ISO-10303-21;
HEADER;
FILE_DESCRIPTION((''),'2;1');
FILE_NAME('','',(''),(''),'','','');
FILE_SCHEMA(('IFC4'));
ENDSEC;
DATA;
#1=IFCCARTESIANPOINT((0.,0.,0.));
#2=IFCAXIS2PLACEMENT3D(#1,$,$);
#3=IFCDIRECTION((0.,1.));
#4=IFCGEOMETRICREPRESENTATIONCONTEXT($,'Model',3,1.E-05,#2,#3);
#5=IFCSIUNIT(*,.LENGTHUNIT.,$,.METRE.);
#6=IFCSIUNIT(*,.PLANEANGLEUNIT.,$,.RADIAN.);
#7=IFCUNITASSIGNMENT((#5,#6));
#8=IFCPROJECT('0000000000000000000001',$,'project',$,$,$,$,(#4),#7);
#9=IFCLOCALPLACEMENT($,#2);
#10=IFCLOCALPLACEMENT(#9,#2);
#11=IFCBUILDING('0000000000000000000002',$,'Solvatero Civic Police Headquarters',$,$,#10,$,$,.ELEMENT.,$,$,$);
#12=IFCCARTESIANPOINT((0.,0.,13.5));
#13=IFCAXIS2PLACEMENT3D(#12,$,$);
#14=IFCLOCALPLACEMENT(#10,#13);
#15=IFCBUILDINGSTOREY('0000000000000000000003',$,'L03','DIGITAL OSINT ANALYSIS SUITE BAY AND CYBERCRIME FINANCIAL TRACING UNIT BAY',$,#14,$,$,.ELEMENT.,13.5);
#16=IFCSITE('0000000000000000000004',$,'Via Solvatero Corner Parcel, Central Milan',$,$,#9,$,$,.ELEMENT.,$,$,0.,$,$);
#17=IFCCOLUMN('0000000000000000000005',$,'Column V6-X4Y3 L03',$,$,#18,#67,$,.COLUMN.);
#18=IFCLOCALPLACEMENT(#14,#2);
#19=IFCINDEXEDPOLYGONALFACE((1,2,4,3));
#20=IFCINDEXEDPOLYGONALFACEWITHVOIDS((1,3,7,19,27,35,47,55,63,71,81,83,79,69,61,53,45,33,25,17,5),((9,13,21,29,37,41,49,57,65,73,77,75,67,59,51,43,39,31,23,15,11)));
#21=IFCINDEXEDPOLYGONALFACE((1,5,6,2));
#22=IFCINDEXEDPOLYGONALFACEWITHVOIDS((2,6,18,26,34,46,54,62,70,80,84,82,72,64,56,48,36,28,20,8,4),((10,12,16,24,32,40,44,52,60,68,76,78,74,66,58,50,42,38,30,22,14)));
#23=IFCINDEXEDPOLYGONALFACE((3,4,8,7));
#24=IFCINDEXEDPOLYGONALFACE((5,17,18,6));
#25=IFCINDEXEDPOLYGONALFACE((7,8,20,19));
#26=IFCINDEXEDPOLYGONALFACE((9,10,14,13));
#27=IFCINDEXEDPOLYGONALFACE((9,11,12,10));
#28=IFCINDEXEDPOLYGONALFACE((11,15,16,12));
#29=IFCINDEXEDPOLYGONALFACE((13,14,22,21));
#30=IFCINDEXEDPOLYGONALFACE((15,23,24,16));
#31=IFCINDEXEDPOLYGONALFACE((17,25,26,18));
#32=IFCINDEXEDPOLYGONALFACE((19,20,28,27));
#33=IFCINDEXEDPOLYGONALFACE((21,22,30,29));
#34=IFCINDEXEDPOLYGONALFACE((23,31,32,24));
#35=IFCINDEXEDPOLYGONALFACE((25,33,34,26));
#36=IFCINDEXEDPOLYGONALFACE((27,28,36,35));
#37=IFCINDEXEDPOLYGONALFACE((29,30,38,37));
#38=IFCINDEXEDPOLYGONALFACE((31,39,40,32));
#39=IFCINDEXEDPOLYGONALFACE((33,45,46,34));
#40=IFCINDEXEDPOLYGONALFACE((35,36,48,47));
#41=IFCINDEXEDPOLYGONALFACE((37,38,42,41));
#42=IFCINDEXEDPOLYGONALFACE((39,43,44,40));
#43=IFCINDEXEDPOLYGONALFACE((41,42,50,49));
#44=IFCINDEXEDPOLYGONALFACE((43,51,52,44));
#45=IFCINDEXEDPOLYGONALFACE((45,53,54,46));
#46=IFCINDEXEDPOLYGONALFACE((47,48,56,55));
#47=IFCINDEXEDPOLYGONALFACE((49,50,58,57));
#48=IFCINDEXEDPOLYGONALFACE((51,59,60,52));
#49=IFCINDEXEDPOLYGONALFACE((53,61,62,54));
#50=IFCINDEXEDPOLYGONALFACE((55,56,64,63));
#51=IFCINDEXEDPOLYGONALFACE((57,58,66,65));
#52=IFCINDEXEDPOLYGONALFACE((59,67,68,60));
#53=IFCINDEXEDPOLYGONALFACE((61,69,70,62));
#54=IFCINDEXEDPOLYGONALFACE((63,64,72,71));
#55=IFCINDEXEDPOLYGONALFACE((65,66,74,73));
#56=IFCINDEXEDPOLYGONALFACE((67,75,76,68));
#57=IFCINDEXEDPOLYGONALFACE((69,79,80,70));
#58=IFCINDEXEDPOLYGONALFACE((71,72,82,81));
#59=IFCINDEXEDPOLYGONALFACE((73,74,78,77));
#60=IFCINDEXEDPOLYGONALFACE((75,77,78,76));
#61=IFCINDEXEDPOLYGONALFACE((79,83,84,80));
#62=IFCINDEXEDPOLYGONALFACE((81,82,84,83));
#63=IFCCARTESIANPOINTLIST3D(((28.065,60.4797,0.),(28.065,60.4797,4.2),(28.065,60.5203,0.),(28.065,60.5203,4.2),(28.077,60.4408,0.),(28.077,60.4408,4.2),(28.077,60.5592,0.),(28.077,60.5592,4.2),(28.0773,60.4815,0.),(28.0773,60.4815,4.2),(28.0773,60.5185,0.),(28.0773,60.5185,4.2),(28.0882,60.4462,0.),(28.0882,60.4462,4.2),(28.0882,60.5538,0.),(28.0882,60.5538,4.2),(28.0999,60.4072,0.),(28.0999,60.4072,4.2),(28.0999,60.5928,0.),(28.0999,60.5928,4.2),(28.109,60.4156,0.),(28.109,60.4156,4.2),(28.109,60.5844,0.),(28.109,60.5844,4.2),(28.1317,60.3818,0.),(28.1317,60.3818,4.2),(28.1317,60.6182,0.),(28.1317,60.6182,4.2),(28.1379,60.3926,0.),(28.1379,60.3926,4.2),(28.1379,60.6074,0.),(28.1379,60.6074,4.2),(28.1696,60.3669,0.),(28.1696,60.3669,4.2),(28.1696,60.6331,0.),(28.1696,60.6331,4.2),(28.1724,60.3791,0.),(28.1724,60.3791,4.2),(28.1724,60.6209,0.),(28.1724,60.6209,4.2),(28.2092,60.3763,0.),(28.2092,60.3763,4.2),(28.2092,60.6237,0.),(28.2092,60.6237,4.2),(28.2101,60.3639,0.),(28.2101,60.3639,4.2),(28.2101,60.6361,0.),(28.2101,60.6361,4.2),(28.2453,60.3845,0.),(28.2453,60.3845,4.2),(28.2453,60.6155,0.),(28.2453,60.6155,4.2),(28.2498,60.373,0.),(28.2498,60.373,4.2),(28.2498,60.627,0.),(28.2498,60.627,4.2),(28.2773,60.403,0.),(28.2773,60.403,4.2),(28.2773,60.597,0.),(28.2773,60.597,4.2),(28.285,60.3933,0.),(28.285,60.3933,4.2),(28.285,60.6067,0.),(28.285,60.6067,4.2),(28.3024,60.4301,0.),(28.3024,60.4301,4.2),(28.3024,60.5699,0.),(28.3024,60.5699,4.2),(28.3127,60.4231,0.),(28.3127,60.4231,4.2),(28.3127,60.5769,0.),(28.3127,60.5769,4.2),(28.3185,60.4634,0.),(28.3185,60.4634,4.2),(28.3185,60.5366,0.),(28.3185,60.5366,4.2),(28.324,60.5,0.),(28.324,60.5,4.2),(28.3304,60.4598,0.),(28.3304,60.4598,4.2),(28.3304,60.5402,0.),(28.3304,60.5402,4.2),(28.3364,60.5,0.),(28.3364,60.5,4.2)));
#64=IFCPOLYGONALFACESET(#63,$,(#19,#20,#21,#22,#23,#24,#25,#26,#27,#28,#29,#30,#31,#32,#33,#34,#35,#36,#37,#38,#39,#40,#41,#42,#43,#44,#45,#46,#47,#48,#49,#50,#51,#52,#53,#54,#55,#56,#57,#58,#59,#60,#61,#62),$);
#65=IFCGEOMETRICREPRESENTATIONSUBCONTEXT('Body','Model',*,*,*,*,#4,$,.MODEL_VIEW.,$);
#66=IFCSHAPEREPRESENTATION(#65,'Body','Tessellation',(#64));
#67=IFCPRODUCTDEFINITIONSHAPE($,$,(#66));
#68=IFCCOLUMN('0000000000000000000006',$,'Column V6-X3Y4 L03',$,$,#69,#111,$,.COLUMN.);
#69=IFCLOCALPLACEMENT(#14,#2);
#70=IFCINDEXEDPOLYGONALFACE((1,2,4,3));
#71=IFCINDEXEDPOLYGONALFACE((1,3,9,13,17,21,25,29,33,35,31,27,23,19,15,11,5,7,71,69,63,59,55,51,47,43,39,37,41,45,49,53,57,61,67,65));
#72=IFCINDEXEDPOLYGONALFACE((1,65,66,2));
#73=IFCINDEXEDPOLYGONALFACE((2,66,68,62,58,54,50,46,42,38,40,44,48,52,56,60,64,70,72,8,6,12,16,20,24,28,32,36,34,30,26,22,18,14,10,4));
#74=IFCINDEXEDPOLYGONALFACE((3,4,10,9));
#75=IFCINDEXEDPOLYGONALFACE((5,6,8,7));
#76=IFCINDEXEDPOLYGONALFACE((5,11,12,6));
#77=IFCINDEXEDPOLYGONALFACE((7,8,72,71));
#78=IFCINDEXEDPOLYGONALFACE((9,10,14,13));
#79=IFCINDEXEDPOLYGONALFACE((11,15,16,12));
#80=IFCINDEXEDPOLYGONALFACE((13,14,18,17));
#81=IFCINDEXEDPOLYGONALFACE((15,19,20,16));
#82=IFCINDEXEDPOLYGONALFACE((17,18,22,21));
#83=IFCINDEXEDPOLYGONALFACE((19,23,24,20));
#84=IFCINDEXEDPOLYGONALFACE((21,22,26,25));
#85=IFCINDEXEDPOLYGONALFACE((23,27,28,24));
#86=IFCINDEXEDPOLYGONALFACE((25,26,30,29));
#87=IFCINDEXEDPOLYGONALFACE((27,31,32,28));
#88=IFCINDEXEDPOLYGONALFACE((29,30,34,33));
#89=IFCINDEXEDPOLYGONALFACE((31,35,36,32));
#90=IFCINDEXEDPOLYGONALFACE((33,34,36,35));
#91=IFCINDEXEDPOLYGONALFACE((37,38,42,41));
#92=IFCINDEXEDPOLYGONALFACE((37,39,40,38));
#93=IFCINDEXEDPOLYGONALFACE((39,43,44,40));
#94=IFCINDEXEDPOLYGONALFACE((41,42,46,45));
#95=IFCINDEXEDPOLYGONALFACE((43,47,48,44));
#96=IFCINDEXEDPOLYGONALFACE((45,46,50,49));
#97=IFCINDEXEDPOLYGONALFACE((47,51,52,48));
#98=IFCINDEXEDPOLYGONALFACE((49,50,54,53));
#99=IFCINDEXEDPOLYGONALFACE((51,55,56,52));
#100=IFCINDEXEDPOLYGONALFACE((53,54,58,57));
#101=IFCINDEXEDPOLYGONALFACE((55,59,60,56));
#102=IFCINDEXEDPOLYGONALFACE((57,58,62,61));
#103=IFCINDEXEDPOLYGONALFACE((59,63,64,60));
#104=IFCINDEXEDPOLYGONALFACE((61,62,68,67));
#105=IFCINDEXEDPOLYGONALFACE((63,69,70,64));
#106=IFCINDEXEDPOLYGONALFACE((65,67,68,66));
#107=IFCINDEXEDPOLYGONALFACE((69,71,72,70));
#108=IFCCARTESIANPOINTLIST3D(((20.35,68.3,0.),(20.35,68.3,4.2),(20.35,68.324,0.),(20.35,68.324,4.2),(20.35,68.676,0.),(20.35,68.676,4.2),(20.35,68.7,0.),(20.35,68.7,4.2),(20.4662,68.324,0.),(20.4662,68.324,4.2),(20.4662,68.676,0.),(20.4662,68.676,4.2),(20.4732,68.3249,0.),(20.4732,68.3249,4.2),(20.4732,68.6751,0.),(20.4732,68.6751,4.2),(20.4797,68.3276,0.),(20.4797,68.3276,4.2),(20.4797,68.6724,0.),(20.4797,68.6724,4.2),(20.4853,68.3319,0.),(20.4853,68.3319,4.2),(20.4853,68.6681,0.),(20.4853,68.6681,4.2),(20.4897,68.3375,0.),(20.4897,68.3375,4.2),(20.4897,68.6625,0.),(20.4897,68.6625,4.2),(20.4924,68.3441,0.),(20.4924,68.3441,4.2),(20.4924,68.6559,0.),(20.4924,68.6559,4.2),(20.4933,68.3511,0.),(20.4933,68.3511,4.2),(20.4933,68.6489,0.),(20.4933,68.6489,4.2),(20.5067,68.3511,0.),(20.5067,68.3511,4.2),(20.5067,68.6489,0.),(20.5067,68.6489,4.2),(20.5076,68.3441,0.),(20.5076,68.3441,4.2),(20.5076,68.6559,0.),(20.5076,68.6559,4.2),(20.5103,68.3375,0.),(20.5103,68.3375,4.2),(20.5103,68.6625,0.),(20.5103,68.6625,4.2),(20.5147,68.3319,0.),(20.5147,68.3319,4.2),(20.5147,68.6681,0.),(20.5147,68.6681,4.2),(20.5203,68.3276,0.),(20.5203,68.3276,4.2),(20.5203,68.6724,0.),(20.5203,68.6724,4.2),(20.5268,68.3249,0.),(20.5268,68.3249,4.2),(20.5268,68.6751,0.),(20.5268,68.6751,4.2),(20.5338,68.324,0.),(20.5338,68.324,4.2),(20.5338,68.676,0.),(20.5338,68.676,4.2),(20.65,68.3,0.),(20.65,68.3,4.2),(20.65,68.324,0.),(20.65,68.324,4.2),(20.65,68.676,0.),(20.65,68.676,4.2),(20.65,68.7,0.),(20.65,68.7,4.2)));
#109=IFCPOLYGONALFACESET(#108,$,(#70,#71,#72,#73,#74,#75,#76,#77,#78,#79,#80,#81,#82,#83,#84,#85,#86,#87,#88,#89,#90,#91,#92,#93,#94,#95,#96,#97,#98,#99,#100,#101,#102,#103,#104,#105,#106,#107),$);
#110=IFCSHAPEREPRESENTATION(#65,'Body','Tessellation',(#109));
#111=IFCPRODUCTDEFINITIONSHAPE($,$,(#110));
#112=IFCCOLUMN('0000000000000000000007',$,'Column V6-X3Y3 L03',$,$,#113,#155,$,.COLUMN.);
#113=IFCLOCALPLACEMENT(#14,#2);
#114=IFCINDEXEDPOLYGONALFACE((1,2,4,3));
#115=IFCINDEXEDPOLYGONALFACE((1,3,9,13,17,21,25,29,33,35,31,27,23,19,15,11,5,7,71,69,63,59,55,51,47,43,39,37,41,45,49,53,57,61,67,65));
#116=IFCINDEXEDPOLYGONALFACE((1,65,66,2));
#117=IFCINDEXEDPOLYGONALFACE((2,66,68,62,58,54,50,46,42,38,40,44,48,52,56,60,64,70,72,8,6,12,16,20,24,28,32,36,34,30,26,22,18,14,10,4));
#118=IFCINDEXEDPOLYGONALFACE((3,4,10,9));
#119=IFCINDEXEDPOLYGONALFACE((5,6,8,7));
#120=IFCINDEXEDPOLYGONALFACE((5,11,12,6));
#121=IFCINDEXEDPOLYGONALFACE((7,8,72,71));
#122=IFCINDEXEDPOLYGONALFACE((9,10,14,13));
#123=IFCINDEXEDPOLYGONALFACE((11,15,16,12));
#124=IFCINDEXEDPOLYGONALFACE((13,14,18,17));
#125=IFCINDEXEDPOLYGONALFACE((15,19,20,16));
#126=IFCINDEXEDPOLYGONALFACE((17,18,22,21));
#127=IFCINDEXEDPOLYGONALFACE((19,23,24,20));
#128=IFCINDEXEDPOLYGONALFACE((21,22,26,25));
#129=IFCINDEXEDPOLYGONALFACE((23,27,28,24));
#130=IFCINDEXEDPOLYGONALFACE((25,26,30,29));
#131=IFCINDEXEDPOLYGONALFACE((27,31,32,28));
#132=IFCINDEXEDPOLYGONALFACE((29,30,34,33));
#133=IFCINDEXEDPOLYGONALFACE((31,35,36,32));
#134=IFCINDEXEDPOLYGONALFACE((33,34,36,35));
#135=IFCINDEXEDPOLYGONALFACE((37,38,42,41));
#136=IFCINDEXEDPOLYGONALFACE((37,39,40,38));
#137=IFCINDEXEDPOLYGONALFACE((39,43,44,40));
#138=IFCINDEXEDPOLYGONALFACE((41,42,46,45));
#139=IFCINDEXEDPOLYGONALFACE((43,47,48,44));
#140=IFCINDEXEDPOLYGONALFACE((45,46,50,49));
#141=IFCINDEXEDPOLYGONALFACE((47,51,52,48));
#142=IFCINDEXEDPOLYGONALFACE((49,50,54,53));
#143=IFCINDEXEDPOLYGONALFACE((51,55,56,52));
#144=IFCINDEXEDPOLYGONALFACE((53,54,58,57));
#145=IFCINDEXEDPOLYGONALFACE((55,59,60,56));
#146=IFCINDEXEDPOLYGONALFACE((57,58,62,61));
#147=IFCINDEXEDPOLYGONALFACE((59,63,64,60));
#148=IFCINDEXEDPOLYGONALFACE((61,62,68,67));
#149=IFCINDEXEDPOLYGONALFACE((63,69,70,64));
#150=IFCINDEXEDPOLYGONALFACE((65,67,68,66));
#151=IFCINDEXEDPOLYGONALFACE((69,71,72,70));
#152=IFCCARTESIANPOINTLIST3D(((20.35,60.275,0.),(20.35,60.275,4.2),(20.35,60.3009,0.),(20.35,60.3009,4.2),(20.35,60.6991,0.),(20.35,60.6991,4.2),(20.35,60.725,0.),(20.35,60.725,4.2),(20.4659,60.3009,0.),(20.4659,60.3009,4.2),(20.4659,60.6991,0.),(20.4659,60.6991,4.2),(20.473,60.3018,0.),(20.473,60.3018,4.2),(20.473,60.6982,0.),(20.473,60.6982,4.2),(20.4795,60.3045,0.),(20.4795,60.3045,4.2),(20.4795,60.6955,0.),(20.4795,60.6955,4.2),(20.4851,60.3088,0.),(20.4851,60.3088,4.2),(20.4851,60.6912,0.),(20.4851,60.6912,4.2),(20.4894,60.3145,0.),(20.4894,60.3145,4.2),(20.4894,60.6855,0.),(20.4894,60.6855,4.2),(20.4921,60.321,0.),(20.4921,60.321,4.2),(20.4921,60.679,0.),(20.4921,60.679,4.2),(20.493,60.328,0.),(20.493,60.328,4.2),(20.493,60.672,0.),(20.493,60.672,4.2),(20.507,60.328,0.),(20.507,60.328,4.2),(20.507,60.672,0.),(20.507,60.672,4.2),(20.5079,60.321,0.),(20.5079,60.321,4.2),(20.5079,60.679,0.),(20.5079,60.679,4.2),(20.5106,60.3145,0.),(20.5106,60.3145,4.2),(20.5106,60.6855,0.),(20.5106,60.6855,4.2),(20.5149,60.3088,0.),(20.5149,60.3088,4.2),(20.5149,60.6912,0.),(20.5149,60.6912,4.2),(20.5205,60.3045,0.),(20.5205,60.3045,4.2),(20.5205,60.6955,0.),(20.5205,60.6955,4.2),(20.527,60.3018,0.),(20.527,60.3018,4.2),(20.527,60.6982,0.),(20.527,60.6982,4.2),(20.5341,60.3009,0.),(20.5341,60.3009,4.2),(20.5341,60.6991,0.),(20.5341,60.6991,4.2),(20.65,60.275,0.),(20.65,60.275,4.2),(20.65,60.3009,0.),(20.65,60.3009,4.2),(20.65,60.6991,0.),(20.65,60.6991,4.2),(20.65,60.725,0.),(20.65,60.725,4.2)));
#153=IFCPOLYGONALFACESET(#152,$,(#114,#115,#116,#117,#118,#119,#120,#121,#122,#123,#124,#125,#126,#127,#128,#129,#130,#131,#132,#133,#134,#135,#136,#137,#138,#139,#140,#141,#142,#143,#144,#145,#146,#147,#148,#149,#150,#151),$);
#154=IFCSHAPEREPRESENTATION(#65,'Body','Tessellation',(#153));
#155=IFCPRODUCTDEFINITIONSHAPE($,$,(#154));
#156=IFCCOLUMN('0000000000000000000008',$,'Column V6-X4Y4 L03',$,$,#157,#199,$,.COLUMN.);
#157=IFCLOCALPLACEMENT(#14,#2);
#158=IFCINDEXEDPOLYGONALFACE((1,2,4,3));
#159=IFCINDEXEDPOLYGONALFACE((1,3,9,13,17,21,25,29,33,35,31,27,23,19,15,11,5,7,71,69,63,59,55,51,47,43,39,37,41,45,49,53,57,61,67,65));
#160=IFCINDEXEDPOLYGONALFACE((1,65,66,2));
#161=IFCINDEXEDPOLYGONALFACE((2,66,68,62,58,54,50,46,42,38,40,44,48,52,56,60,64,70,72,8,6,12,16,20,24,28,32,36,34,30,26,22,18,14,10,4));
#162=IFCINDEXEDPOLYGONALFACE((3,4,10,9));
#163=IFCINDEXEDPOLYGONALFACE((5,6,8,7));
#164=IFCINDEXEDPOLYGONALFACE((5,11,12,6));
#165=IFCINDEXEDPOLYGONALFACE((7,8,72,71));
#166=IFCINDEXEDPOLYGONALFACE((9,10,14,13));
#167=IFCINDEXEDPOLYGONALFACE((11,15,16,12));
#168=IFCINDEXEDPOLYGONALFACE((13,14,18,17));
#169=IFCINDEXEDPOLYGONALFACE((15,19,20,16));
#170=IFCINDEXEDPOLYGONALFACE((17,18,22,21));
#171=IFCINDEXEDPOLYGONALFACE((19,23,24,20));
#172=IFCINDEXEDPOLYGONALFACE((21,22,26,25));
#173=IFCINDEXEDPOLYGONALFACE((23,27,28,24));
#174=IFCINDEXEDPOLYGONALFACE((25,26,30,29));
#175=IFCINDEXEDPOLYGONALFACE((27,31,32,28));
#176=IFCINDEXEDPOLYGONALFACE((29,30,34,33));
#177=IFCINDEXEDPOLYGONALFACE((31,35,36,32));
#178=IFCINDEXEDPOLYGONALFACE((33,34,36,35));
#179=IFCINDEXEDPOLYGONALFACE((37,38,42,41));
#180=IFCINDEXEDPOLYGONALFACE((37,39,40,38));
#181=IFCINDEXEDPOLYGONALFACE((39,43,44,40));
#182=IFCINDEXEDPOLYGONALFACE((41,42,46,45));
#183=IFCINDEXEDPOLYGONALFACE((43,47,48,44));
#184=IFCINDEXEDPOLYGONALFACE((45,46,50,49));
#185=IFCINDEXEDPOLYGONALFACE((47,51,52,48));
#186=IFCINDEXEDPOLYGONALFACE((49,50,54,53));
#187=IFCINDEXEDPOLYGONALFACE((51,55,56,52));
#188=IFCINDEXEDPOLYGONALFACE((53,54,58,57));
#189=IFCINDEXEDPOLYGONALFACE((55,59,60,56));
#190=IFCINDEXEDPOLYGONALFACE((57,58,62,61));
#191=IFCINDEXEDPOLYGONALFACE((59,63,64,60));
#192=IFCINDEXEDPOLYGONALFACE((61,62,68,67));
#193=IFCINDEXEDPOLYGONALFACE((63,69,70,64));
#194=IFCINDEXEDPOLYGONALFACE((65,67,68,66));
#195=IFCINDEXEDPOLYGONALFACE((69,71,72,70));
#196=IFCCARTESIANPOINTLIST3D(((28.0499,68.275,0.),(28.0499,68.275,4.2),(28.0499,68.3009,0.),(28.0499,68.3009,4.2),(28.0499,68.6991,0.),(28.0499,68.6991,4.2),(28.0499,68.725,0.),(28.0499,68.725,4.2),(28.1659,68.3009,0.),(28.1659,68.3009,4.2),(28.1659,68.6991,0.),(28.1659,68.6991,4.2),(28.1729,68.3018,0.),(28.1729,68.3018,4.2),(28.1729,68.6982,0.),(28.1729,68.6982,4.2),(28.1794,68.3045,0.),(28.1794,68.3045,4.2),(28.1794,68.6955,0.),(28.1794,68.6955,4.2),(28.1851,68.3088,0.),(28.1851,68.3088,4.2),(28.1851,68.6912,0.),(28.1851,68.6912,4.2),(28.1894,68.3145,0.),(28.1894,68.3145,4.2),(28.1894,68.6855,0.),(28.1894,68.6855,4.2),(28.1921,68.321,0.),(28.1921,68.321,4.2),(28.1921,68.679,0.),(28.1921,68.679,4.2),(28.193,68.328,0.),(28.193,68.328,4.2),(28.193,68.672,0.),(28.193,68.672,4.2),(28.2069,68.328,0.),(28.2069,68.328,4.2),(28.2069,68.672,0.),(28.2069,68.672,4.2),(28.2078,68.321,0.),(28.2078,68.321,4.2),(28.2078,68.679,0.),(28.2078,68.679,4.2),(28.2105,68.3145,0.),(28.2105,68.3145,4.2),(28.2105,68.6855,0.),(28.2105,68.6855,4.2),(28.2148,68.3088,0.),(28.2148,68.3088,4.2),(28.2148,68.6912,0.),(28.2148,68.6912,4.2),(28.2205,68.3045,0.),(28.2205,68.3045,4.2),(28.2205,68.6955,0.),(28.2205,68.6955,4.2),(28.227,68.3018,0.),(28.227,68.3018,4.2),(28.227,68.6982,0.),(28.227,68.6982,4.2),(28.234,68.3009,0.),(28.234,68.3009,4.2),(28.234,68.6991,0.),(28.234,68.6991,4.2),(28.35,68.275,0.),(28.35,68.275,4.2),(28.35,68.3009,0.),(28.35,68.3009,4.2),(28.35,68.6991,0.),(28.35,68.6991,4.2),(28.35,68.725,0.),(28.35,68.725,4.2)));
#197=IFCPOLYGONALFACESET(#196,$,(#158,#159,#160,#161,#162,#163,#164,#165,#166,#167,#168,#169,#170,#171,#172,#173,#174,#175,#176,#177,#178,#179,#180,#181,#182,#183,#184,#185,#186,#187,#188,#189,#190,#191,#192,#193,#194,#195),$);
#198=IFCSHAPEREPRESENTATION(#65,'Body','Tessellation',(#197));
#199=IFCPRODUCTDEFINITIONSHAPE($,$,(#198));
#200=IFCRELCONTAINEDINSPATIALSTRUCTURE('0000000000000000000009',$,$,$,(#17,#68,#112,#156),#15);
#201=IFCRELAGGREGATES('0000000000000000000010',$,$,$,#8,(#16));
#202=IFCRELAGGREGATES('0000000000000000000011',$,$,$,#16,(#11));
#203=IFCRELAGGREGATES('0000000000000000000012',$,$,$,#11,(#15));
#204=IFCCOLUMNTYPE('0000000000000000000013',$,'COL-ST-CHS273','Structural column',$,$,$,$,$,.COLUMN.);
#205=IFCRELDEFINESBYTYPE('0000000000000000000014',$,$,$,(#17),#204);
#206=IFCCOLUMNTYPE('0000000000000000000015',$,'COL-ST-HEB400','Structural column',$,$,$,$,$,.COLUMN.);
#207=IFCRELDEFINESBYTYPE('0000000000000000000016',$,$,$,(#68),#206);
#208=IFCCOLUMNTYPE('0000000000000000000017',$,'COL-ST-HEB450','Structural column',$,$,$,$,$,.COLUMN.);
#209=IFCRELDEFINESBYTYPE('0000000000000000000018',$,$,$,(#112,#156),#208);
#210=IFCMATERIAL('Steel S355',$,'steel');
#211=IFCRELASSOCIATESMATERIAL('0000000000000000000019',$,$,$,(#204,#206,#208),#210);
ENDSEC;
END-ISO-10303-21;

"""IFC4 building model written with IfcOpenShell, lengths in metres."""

from ifc_helpers import new_model, si_unit, direction, frame, origin, origin_2d, place, context, subcontext, project, spatial, hollow_circle, i_section, extrude, material, material_profile, profile_set, type_object, element, save


model = new_model("IFC4")

# Units and contexts
model_context = context("Model", 3, precision=1e-05, world=origin(), true_north=direction((0.0, 1.0)))
body_context = subcontext(model_context, "Body", "Model", "MODEL_VIEW")
ifc_project = project(units=[si_unit("LENGTHUNIT", "METRE"), si_unit("PLANEANGLEUNIT", "RADIAN")], contexts=[model_context])

# Site, building, storey
site_placement = place(None, origin())
site = spatial("IfcSite", under=ifc_project, at=site_placement, Name="Via Solvatero Corner Parcel, Central Milan", CompositionType="ELEMENT", RefElevation=0.0)
building_placement = place(site_placement, origin())
building = spatial("IfcBuilding", under=site, at=building_placement, Name="Solvatero Civic Police Headquarters", CompositionType="ELEMENT")
storey_placement = place(building_placement, frame((0.0, 0.0, 13.5)))
storey = spatial("IfcBuildingStorey", under=building, at=storey_placement, Name="L03", Description="DIGITAL OSINT ANALYSIS SUITE BAY AND CYBERCRIME FINANCIAL TRACING UNIT BAY", CompositionType="ELEMENT", Elevation=13.5)

# Columns
ifc_material_1 = material(Name="Steel S355", Category="steel")
ifc_material_profile_1 = material_profile(ifc_material_1, hollow_circle(Radius=0.1365, WallThickness=0.0125, at=origin_2d()), Name="CHS 273.0x12.5")
ifc_profile_set_1 = profile_set([ifc_material_profile_1], Name="Steel S355")
column_type_1 = type_object("IfcColumnType", Name="COL-ST-CHS273", Description="Structural column", PredefinedType="COLUMN", material=ifc_profile_set_1)
column_1_placement = place(storey_placement, frame((28.2, 60.5, 0.0), z_axis=(0.0, 0.0, 1.0), x_axis=(1.0, 0.0, 0.0)))
element("IfcColumn", 1, at=column_1_placement, inside=storey, type_object=column_type_1, Name="Column V6-X4Y3 L03", PredefinedType="COLUMN", context=body_context, shape_type="SweptSolid", body=[
    extrude(hollow_circle(Radius=0.1365, WallThickness=0.0125, at=origin_2d()), origin(), (0.0, 0.0, 1.0), 4.2),
])
ifc_material_profile_2 = material_profile(ifc_material_1, i_section(OverallWidth=0.3, OverallDepth=0.3999, WebThickness=0.0134, FlangeThickness=0.0239, FilletRadius=0.0271, at=origin_2d()), Name="HEB 400")
ifc_profile_set_2 = profile_set([ifc_material_profile_2], Name="Steel S355")
column_type_2 = type_object("IfcColumnType", Name="COL-ST-HEB400", Description="Structural column", PredefinedType="COLUMN", material=ifc_profile_set_2)
column_2_placement = place(storey_placement, frame((20.5, 68.5, 0.0), z_axis=(0.0, 0.0, 1.0), x_axis=(1.0, 0.0, 0.0)))
element("IfcColumn", 2, at=column_2_placement, inside=storey, type_object=column_type_2, Name="Column V6-X3Y4 L03", PredefinedType="COLUMN", context=body_context, shape_type="SweptSolid", body=[
    extrude(i_section(OverallWidth=0.3, OverallDepth=0.3999, WebThickness=0.0134, FlangeThickness=0.0239, FilletRadius=0.0271, at=origin_2d()), origin(), (0.0, 0.0, 1.0), 4.2),
])
ifc_material_profile_3 = material_profile(ifc_material_1, i_section(OverallWidth=0.3, OverallDepth=0.45, WebThickness=0.0139, FlangeThickness=0.0259, FilletRadius=0.0271, at=origin_2d()), Name="HEB 450")
ifc_profile_set_3 = profile_set([ifc_material_profile_3], Name="Steel S355")
column_type_3 = type_object("IfcColumnType", Name="COL-ST-HEB450", Description="Structural column", PredefinedType="COLUMN", material=ifc_profile_set_3)
for number, where, z_axis, x_axis, name in (
    (3, (20.5, 60.5, 0.0), (0.0, 0.0, 1.0), (1.0, 0.0, 0.0), "Column V6-X3Y3 L03"),
    (4, (28.2, 68.5, 0.0), (0.0, 0.0, 1.0), (1.0, 0.0, 0.0), "Column V6-X4Y4 L03"),
):
    element("IfcColumn", number, at=place(storey_placement, frame(where, z_axis=z_axis, x_axis=x_axis)), inside=storey, type_object=column_type_3, Name=name, PredefinedType="COLUMN", context=body_context, shape_type="SweptSolid", body=[
        extrude(i_section(OverallWidth=0.3, OverallDepth=0.45, WebThickness=0.0139, FlangeThickness=0.0259, FilletRadius=0.0271, at=origin_2d()), origin(), (0.0, 0.0, 1.0), 4.2),
    ])

save(model, "model.ifc")
